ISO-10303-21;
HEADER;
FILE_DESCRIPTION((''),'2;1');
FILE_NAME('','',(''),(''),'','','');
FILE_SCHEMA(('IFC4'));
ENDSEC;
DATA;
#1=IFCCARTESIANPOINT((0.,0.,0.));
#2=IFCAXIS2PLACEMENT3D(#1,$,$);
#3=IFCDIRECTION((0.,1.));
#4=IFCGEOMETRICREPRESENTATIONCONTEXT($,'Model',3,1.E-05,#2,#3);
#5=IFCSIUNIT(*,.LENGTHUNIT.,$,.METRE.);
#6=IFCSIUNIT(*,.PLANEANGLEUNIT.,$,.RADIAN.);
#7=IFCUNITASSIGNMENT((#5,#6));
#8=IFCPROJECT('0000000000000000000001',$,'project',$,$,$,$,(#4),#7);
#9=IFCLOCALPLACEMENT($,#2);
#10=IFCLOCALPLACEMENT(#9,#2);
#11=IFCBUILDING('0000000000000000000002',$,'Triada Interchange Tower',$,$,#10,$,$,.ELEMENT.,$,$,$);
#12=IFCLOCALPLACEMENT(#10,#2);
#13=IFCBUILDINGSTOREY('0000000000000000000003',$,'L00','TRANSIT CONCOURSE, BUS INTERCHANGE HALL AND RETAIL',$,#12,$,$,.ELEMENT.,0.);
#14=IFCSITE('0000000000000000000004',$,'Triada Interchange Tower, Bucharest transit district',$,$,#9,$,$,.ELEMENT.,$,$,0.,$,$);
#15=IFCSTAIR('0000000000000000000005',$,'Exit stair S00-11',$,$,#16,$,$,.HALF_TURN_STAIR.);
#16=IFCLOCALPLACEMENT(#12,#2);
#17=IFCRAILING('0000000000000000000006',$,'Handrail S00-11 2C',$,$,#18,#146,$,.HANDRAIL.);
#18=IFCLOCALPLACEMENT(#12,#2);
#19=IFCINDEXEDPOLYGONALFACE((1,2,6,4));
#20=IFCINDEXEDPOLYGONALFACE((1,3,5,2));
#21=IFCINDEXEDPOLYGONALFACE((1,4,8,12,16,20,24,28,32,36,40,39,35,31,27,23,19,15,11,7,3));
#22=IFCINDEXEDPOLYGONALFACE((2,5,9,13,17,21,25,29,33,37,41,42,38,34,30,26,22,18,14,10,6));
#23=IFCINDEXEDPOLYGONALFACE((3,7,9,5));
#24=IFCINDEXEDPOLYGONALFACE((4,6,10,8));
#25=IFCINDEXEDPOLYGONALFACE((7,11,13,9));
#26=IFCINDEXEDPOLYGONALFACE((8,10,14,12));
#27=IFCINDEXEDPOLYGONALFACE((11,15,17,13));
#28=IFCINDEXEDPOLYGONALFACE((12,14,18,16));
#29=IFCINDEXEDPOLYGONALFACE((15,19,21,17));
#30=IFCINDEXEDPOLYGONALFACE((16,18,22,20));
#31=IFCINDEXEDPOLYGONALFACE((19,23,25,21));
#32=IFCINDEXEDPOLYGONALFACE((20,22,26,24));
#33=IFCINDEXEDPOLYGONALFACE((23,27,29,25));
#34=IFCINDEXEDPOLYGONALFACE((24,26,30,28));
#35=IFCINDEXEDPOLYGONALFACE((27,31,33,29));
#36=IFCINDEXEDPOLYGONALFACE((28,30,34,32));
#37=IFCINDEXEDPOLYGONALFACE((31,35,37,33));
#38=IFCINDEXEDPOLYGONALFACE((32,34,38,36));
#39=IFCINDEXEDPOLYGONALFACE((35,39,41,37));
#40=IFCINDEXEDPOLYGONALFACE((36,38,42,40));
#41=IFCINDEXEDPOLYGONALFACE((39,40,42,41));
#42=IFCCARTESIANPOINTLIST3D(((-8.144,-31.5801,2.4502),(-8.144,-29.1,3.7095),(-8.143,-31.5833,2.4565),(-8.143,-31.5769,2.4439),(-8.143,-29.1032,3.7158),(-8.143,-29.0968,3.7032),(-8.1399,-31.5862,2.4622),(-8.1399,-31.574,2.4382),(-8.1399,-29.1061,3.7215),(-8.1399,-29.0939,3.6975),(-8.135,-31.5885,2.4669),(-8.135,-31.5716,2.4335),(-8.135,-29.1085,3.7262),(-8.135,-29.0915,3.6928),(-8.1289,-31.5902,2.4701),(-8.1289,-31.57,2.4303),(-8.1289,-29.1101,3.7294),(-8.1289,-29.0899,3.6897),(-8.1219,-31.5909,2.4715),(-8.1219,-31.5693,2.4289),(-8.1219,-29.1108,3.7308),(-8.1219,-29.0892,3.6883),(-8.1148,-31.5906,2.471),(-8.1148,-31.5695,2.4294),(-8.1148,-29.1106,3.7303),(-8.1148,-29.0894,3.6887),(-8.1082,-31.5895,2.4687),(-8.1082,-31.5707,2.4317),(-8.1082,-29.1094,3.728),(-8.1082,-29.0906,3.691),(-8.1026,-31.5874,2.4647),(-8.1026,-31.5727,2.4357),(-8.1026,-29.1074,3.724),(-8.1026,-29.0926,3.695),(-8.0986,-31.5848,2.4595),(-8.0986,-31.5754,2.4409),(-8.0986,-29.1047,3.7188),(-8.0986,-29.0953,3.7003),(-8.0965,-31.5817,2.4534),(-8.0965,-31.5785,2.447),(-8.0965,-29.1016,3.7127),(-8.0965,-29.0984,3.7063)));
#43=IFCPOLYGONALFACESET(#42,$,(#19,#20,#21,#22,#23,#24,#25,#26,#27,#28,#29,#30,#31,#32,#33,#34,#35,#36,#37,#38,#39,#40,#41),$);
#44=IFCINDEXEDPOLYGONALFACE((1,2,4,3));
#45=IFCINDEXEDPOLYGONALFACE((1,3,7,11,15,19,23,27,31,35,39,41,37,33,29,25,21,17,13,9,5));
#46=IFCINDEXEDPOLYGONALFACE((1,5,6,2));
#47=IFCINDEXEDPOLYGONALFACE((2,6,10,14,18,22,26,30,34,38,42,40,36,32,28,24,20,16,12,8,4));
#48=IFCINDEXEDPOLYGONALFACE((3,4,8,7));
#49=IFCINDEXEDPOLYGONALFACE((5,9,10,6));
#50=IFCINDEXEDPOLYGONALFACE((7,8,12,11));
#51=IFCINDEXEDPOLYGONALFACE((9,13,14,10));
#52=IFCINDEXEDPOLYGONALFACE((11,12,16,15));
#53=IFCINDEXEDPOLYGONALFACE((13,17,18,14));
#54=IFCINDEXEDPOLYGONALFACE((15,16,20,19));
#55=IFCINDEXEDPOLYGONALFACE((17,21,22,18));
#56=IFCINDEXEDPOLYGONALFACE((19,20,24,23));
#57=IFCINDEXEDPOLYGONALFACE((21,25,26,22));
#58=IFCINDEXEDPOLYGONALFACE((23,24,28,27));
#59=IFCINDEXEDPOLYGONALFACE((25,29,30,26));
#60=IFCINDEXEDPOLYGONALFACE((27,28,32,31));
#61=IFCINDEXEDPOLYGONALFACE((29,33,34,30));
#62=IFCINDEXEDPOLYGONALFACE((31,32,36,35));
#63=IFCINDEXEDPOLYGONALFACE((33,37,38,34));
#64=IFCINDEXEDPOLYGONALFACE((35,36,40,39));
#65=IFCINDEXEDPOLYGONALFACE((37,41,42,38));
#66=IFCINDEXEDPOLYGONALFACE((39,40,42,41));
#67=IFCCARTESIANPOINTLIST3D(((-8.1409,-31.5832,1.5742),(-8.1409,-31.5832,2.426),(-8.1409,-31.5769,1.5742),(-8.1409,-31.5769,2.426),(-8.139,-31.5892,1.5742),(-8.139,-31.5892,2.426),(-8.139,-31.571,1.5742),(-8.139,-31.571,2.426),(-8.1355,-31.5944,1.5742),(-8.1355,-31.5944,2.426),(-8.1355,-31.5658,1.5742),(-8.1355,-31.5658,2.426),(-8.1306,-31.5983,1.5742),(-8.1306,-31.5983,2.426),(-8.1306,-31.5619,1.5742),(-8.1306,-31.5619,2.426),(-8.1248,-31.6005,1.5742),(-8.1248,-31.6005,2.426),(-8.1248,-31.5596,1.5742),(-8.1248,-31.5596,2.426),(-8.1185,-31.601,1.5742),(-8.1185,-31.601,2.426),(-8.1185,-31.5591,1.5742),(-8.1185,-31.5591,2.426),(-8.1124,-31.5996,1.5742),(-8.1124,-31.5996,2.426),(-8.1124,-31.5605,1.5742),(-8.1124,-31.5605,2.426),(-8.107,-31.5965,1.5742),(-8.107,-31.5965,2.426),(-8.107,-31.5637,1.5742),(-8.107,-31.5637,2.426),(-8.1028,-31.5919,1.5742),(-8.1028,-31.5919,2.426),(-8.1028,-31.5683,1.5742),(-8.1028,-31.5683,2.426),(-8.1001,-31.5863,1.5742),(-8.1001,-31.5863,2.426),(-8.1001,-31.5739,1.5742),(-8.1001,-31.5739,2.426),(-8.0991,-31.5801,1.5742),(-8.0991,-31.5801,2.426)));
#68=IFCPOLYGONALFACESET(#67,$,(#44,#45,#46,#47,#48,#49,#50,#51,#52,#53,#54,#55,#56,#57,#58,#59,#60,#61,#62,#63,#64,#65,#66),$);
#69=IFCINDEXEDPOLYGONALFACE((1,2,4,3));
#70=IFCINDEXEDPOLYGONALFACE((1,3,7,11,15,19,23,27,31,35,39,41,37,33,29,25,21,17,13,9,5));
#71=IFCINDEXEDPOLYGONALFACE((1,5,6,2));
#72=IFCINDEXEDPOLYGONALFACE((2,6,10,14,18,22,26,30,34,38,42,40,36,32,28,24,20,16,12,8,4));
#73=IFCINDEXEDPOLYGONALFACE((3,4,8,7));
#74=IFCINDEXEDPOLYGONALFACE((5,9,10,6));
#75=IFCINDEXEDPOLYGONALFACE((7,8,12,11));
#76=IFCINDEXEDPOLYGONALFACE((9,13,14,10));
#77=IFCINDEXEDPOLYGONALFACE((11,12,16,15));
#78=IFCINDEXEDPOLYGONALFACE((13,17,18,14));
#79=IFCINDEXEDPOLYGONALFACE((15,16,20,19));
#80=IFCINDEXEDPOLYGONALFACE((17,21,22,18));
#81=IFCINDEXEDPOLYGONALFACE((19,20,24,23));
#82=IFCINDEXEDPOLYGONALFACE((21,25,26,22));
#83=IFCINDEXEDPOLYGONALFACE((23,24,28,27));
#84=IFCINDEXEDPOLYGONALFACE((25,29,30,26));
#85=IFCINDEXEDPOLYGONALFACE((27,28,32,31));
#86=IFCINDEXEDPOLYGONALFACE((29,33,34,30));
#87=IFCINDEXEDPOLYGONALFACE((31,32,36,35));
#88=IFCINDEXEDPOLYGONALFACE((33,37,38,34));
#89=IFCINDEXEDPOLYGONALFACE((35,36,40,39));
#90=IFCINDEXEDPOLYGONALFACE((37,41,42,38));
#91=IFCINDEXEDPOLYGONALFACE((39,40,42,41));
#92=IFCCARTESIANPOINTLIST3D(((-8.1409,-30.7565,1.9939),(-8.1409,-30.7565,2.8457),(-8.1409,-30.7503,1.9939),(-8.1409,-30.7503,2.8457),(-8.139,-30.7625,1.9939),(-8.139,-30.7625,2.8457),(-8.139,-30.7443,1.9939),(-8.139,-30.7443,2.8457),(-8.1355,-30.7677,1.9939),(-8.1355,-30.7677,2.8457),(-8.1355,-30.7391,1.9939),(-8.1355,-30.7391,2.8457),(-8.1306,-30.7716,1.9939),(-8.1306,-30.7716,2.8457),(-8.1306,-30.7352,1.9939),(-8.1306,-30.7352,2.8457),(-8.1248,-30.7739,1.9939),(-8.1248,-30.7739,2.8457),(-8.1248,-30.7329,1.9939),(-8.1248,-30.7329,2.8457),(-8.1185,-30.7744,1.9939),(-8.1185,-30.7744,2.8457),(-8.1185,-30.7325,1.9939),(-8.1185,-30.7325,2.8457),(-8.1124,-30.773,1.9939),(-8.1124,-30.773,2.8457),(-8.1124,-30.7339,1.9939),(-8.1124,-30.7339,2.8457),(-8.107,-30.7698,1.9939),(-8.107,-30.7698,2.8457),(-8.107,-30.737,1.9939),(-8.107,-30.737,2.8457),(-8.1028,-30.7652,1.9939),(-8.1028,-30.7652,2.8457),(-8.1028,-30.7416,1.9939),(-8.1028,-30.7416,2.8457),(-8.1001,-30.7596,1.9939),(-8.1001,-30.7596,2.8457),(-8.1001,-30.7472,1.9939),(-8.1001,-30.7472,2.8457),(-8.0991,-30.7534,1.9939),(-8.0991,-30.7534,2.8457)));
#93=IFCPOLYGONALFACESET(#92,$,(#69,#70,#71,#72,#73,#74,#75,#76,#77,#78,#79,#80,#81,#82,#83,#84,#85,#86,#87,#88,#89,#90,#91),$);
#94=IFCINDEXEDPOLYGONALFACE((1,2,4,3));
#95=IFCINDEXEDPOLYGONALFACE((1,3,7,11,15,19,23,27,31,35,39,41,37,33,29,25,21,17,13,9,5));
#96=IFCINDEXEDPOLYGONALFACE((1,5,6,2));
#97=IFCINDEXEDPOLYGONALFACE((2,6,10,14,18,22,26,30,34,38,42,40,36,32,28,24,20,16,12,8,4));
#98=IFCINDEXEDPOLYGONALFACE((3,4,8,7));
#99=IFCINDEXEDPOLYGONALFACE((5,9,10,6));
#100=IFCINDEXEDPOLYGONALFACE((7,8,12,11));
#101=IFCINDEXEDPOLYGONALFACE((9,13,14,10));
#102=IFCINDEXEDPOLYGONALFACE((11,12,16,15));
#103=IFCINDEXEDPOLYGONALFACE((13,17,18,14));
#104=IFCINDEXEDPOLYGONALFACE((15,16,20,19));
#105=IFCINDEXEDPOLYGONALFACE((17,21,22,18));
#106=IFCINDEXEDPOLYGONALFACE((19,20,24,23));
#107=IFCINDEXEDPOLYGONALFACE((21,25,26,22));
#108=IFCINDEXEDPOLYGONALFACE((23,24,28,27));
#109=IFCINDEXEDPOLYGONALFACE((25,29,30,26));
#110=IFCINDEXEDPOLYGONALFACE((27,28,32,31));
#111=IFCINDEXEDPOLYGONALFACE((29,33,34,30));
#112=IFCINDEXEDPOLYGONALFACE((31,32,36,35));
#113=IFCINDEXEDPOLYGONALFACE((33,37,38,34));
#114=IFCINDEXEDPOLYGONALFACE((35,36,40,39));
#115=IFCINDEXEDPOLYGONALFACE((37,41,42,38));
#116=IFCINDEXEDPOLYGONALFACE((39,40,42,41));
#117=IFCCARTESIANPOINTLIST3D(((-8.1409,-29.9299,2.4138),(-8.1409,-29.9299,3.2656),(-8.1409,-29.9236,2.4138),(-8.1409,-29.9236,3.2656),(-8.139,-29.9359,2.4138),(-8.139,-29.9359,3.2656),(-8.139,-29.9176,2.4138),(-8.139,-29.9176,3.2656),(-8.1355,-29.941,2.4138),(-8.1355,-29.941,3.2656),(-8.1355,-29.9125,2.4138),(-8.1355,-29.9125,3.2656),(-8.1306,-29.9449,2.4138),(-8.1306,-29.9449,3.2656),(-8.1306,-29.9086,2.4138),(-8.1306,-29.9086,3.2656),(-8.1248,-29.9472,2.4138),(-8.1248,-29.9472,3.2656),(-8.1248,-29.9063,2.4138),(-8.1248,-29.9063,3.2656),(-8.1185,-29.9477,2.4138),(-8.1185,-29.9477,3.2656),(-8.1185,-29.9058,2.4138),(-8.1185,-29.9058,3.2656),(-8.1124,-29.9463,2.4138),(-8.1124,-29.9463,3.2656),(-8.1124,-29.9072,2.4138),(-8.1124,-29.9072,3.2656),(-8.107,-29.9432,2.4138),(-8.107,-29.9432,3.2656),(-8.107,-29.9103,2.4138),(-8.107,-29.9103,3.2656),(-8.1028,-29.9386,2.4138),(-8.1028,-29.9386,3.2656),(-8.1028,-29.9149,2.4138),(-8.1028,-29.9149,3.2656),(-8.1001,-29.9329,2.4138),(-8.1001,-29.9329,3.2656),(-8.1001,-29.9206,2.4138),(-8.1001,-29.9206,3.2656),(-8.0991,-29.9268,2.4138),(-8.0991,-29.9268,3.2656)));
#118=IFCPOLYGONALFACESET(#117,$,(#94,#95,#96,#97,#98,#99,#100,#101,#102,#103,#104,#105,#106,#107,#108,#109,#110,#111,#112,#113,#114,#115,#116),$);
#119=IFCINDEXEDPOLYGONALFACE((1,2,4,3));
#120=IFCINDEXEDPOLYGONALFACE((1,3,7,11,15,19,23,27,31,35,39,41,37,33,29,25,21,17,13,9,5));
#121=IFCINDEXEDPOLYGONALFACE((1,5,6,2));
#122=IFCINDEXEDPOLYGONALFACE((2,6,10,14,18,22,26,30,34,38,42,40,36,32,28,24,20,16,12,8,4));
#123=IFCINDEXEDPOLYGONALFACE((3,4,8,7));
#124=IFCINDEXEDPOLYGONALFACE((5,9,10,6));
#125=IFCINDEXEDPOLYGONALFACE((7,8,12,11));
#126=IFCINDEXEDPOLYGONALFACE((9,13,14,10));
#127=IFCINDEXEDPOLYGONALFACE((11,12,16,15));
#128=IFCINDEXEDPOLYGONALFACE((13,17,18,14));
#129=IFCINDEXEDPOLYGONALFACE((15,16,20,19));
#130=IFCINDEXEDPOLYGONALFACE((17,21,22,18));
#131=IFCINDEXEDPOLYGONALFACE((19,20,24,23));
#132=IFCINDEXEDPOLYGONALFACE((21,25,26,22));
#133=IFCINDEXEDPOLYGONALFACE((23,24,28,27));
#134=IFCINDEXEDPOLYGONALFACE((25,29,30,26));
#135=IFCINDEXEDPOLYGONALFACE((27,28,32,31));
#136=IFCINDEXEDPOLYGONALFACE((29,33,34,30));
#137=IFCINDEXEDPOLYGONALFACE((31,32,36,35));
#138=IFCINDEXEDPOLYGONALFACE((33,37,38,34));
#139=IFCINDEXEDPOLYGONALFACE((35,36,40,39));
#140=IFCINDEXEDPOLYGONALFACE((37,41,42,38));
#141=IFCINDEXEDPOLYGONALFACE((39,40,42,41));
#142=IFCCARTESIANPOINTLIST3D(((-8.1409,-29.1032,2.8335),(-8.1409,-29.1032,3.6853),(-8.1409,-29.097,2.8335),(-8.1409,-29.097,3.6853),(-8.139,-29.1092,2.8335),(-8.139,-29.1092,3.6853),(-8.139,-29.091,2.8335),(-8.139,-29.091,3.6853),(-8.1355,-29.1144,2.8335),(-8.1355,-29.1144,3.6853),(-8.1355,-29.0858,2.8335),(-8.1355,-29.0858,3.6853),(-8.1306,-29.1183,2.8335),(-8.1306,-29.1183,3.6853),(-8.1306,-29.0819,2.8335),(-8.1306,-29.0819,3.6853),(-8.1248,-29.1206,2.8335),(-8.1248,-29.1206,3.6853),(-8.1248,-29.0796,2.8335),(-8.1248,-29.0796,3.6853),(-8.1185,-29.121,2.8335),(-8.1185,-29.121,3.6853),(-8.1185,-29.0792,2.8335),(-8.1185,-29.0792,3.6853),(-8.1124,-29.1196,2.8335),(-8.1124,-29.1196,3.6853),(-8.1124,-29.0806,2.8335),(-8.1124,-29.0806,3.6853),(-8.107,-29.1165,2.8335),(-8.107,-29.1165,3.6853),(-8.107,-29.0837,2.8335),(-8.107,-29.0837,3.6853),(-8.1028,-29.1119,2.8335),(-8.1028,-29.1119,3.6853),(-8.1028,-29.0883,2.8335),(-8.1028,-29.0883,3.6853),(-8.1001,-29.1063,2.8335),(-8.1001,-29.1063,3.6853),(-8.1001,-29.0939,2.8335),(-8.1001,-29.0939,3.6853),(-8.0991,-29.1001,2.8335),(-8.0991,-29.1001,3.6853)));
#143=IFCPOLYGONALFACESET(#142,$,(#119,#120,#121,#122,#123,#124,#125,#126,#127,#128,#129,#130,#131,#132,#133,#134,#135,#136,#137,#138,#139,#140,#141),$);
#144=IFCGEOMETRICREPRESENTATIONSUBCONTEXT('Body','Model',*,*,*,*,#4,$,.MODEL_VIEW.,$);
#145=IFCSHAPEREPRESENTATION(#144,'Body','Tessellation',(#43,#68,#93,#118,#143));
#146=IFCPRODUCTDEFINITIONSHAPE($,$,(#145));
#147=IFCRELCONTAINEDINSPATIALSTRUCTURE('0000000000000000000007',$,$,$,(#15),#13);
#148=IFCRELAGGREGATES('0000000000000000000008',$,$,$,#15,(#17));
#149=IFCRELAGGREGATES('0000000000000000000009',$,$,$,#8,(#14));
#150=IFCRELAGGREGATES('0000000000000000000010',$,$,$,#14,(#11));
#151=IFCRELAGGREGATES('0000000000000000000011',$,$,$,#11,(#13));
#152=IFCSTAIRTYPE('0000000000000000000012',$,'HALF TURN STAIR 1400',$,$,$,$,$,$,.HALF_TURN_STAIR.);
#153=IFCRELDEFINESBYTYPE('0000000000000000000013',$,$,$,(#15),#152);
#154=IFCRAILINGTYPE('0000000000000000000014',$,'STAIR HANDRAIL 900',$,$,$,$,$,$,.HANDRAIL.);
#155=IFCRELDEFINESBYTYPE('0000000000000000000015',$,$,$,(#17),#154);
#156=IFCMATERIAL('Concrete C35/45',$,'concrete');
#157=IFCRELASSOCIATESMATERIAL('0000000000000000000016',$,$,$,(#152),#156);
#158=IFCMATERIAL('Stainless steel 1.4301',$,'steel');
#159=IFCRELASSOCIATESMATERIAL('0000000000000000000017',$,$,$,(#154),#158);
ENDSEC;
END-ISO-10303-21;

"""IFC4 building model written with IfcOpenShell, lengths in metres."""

from ifc_helpers import new_model, si_unit, direction, frame, origin, origin_2d, place, context, subcontext, project, spatial, circle, extrude, material, type_object, element, aggregate, save


model = new_model("IFC4")

# Units and contexts
model_context = context("Model", 3, precision=1e-05, world=origin(), true_north=direction((0.0, 1.0)))
body_context = subcontext(model_context, "Body", "Model", "MODEL_VIEW")
ifc_project = project(units=[si_unit("LENGTHUNIT", "METRE"), si_unit("PLANEANGLEUNIT", "RADIAN")], contexts=[model_context])

# Site, building, storey
site_placement = place(None, origin())
site = spatial("IfcSite", under=ifc_project, at=site_placement, Name="Triada Interchange Tower, Bucharest transit district", CompositionType="ELEMENT", RefElevation=0.0)
building_placement = place(site_placement, origin())
building = spatial("IfcBuilding", under=site, at=building_placement, Name="Triada Interchange Tower", CompositionType="ELEMENT")
storey_placement = place(building_placement, origin())
storey = spatial("IfcBuildingStorey", under=building, at=storey_placement, Name="L00", Description="TRANSIT CONCOURSE, BUS INTERCHANGE HALL AND RETAIL", CompositionType="ELEMENT", Elevation=0.0)

# Shared definitions
ifc_material_1 = material(Name="Concrete C35/45", Category="concrete")

# Stair
stair_type = type_object("IfcStairType", Name="HALF TURN STAIR 1400", PredefinedType="HALF_TURN_STAIR", material=ifc_material_1)
stair_1_placement = place(storey_placement, origin())
stair_1 = element("IfcStair", 1, at=stair_1_placement, inside=storey, type_object=stair_type, Name="Exit stair S00-11", PredefinedType="HALF_TURN_STAIR")

# Railing
ifc_material_2 = material(Name="Stainless steel 1.4301", Category="steel")
railing_type_1 = type_object("IfcRailingType", Name="STAIR HANDRAIL 900", PredefinedType="HANDRAIL", material=ifc_material_2)
railing_1_placement = place(storey_placement, frame((-8.1201, -31.5801, 1.5742)))
railing_1 = element("IfcRailing", 2, at=railing_1_placement, type_object=railing_type_1, Name="Handrail S00-11 2C", PredefinedType="HANDRAIL", context=body_context, shape_type="SweptSolid", body=[
    extrude(circle(Radius=0.0239, at=origin_2d()), frame((0.0, 0.0, 0.876), z_axis=(0.0, 0.891636, 0.452752), x_axis=(-1.0, 0.0, 0.0)), (0.0, 0.0, 1.0), 2.7815),
    extrude(circle(Radius=0.021, at=origin_2d()), origin(), (0.0, 0.0, 1.0), 0.8518),
    extrude(circle(Radius=0.021, at=origin_2d()), frame((0.0, 0.8267, 0.4197)), (0.0, 0.0, 1.0), 0.8518),
    extrude(circle(Radius=0.021, at=origin_2d()), frame((0.0, 1.6533, 0.8396)), (0.0, 0.0, 1.0), 0.8518),
    extrude(circle(Radius=0.021, at=origin_2d()), frame((0.0, 2.48, 1.2593)), (0.0, 0.0, 1.0), 0.8518),
])
aggregate(stair_1, [railing_1])

save(model, "model.ifc")
